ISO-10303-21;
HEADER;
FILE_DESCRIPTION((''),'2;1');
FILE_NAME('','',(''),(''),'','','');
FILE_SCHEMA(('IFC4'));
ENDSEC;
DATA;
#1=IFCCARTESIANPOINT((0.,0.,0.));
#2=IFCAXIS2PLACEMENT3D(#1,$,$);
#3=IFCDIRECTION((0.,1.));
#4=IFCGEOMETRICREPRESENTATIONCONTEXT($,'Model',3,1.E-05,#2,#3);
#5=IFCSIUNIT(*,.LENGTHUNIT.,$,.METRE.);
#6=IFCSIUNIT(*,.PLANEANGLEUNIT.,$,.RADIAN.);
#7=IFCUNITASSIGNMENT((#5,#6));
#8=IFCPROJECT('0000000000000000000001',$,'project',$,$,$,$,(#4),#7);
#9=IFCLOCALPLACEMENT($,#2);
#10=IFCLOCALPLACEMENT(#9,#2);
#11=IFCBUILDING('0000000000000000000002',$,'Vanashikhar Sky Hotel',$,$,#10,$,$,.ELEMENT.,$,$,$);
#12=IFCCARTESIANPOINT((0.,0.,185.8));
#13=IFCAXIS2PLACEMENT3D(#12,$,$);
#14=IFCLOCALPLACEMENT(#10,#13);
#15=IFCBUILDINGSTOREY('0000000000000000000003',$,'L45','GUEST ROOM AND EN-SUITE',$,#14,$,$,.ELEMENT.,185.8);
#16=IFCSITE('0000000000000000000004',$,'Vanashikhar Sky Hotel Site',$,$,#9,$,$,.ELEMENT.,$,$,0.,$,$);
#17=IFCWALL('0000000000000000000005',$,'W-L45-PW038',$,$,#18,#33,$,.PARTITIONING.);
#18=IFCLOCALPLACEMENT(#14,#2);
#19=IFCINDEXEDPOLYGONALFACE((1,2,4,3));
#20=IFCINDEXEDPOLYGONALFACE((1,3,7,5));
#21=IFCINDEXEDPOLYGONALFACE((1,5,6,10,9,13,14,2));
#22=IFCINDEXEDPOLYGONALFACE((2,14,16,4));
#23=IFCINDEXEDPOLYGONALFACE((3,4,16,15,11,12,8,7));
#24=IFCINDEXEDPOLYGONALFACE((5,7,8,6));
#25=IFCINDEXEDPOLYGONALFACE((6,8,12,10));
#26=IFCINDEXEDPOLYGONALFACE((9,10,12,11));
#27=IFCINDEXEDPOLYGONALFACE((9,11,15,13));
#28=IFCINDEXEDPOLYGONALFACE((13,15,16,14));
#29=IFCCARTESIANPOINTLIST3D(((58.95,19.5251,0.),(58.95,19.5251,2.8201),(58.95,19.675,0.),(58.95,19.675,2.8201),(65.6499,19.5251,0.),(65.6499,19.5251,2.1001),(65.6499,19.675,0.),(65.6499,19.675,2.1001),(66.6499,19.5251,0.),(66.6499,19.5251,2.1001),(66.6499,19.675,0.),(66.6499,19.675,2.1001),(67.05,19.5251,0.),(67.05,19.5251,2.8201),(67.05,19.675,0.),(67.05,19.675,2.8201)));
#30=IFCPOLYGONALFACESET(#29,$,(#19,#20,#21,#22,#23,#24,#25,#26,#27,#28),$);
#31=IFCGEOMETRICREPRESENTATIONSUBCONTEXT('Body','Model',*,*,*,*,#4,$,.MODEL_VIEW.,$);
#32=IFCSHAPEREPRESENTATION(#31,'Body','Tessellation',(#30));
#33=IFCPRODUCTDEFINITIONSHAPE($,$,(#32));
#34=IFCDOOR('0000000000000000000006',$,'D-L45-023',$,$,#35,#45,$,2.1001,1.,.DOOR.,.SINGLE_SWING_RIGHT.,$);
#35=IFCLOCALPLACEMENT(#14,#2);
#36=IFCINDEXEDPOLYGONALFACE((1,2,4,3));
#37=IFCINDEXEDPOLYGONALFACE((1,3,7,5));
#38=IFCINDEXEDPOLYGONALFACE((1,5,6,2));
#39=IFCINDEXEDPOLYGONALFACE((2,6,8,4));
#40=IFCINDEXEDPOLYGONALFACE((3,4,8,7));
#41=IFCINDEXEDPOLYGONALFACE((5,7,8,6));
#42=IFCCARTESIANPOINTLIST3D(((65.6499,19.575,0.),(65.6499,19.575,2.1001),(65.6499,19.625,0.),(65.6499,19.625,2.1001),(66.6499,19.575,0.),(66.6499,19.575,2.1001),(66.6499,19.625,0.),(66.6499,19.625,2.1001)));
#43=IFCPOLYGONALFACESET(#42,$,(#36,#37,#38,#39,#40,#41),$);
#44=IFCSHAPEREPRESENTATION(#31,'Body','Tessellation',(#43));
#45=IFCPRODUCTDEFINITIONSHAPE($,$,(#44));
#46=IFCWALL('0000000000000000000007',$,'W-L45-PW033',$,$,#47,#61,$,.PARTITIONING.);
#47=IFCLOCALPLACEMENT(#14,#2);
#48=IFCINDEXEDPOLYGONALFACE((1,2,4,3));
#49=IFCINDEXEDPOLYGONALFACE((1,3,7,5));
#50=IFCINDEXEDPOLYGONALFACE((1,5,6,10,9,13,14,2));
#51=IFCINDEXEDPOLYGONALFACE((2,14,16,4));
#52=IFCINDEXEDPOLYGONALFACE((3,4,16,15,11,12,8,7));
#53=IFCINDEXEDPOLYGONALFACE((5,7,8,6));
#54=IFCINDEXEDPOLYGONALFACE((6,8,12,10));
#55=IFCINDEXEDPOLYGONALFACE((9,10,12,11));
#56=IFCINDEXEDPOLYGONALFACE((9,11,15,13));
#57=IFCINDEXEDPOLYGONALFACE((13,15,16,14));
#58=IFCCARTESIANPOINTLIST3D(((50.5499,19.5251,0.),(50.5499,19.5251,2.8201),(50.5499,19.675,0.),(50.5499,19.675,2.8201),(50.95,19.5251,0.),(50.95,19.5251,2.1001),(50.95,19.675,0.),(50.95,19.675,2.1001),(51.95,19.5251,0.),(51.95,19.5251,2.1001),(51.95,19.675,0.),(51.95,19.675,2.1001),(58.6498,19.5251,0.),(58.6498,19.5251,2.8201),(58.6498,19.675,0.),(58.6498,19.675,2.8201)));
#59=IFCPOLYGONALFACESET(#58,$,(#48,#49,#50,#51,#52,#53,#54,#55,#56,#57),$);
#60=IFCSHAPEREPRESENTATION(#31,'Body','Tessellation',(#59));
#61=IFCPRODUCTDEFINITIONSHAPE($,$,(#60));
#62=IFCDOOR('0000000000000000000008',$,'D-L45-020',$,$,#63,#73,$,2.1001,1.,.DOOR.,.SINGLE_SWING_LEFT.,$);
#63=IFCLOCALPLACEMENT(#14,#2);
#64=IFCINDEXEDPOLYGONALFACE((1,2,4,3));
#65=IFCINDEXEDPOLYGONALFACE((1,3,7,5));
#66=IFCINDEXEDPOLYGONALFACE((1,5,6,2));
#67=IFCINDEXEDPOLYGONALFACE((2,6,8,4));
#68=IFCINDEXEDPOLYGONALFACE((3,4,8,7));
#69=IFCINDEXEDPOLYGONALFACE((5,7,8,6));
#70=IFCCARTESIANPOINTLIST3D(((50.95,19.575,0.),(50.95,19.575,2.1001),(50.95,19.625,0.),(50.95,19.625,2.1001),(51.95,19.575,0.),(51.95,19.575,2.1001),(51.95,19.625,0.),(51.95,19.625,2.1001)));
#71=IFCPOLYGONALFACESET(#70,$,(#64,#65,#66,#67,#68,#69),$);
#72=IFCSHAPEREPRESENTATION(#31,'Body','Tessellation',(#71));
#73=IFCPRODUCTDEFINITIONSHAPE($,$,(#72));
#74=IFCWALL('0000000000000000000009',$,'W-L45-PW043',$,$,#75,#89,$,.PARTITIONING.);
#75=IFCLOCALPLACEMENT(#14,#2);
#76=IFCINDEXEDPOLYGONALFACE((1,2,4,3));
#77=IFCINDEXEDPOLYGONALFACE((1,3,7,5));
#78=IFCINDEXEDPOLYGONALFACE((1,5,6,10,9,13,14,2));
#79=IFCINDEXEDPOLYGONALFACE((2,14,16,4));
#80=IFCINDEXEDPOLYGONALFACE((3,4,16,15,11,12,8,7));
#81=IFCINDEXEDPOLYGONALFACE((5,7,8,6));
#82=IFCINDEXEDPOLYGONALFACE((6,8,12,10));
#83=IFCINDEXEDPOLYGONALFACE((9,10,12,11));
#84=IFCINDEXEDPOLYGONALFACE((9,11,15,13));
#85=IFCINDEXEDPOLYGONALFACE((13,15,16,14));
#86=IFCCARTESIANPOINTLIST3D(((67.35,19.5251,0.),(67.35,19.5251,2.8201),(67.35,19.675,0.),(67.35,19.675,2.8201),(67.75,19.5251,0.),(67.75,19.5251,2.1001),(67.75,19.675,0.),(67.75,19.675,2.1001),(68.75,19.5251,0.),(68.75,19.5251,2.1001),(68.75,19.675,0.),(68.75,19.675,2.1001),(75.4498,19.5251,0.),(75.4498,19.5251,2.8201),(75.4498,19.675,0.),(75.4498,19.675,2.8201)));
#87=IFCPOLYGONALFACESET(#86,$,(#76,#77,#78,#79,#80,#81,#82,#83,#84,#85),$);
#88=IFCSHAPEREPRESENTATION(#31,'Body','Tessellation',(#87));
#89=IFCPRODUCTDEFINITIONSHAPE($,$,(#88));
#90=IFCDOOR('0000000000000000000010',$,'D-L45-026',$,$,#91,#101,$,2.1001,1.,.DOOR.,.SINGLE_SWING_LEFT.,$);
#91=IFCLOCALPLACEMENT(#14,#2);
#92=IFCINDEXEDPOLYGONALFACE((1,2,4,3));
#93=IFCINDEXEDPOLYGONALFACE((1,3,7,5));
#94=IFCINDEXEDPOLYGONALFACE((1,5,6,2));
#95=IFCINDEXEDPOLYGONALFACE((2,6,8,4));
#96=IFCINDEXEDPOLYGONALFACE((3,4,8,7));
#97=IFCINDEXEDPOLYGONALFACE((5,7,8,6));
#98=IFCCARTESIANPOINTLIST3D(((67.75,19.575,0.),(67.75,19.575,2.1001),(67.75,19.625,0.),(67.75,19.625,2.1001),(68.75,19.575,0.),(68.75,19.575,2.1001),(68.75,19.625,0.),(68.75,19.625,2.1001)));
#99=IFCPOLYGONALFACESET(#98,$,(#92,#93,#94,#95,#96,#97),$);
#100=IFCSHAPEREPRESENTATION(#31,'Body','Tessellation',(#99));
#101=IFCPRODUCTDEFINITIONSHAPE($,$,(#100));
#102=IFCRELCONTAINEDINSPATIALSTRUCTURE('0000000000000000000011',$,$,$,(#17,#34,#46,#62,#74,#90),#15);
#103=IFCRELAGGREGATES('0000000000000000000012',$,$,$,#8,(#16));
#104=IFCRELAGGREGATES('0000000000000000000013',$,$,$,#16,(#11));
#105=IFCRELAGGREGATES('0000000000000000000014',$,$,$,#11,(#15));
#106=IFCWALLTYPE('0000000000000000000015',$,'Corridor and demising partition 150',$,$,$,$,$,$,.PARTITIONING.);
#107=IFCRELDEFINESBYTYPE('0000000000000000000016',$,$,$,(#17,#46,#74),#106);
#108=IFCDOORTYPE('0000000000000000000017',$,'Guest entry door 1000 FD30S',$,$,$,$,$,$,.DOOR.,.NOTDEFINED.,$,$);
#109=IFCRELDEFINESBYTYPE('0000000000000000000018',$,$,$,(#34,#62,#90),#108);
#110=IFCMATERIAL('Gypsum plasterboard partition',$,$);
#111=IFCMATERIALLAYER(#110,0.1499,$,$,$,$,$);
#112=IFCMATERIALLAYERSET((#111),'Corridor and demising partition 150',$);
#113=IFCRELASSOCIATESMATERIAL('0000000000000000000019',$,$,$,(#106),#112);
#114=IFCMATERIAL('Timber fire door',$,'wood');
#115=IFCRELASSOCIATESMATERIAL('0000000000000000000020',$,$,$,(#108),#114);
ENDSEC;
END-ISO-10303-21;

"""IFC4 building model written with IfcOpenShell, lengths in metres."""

from ifc_helpers import new_model, si_unit, direction, frame, frame_2d, origin, place, context, subcontext, project, spatial, rectangle, extrude, source, transform, mapped, material, layer, layer_set, type_object, element, fill, save


model = new_model("IFC4")

# Units and contexts
model_context = context("Model", 3, precision=1e-05, world=origin(), true_north=direction((0.0, 1.0)))
body_context = subcontext(model_context, "Body", "Model", "MODEL_VIEW")
ifc_project = project(units=[si_unit("LENGTHUNIT", "METRE"), si_unit("PLANEANGLEUNIT", "RADIAN")], contexts=[model_context])

# Site, building, storey
site_placement = place(None, origin())
site = spatial("IfcSite", under=ifc_project, at=site_placement, Name="Vanashikhar Sky Hotel Site", CompositionType="ELEMENT", RefElevation=0.0)
building_placement = place(site_placement, origin())
building = spatial("IfcBuilding", under=site, at=building_placement, Name="Vanashikhar Sky Hotel", CompositionType="ELEMENT")
storey_placement = place(building_placement, frame((0.0, 0.0, 185.8)))
storey = spatial("IfcBuildingStorey", under=building, at=storey_placement, Name="L45", Description="GUEST ROOM AND EN-SUITE", CompositionType="ELEMENT", Elevation=185.8)

# Shared definitions
ifc_material_1 = material(Name="Gypsum plasterboard partition")

# Walls, openings, doors
ifc_layer_1 = layer(ifc_material_1, 0.1499)
ifc_layer_set_1 = layer_set([ifc_layer_1], Name="Corridor and demising partition 150")
wall_type_1 = type_object("IfcWallType", Name="Corridor and demising partition 150", PredefinedType="PARTITIONING", material=ifc_layer_set_1)
shared_shape_1 = source(origin(), body_context, "Body", "SweptSolid", [
    extrude(rectangle(XDim=8.1001, YDim=0.1499, at=frame_2d((4.05, 0.0))), origin(), (0.0, 0.0, 1.0), 2.8201),
])
wall_1_placement = place(storey_placement, frame((58.95, 19.6001, 0.0), z_axis=(0.0, 0.0, 1.0), x_axis=(1.0, 0.0, 0.0)))
wall_1 = element("IfcWall", 1, at=wall_1_placement, inside=storey, type_object=wall_type_1, Name="W-L45-PW038", PredefinedType="PARTITIONING", context=body_context, shape_type="MappedRepresentation", body=[
    mapped(shared_shape_1, transform((0.0, 0.0, 0.0), scale=1.0)),
])
shared_shape_2 = source(origin(), body_context, "Body", "SweptSolid", [
    extrude(rectangle(XDim=1.0, YDim=2.1001, at=frame_2d((0.5, 1.05))), frame((0.0, 0.085, 0.0), z_axis=(0.0, -1.0, 0.0), x_axis=(1.0, 0.0, 0.0)), (0.0, 0.0, 1.0), 0.1699),
])
opening_1_placement = place(wall_1_placement, frame((6.7, 0.0, 0.0)))
opening_1 = element("IfcOpeningElement", 2, at=opening_1_placement, cuts=wall_1, PredefinedType="OPENING", context=body_context, shape_type="MappedRepresentation", body=[
    mapped(shared_shape_2, transform((0.0, 0.0, 0.0), scale=1.0)),
])
ifc_material_2 = material(Name="Timber fire door", Category="wood")
door_type_1 = type_object("IfcDoorType", Name="Guest entry door 1000 FD30S", OperationType="NOTDEFINED", PredefinedType="DOOR", material=ifc_material_2)
shared_shape_3 = source(origin(), body_context, "Body", "SweptSolid", [
    extrude(rectangle(XDim=1.0, YDim=2.1001, at=frame_2d((0.5, 1.05))), frame((0.0, 0.0249, 0.0), z_axis=(0.0, -1.0, 0.0), x_axis=(1.0, 0.0, 0.0)), (0.0, 0.0, 1.0), 0.05),
])
door_1_placement = place(opening_1_placement, origin())
door_1 = element("IfcDoor", 3, at=door_1_placement, inside=storey, type_object=door_type_1, Name="D-L45-023", OperationType="SINGLE_SWING_RIGHT", OverallHeight=2.1001, OverallWidth=1.0, PredefinedType="DOOR", context=body_context, shape_type="MappedRepresentation", body=[
    mapped(shared_shape_3, transform((0.0, 0.0, 0.0), scale=1.0)),
])
fill(opening_1, door_1)
shared_shape_4 = source(origin(), body_context, "Body", "SweptSolid", [
    extrude(rectangle(XDim=8.0999, YDim=0.1499, at=frame_2d((4.0498, 0.0))), origin(), (0.0, 0.0, 1.0), 2.8201),
])
wall_2_placement = place(storey_placement, frame((50.55, 19.6001, 0.0), z_axis=(0.0, 0.0, 1.0), x_axis=(1.0, 0.0, 0.0)))
wall_2 = element("IfcWall", 4, at=wall_2_placement, inside=storey, type_object=wall_type_1, Name="W-L45-PW033", PredefinedType="PARTITIONING", context=body_context, shape_type="MappedRepresentation", body=[
    mapped(shared_shape_4, transform((0.0, 0.0, 0.0), scale=1.0)),
])
opening_2_placement = place(wall_2_placement, frame((0.3999, 0.0, 0.0)))
opening_2 = element("IfcOpeningElement", 5, at=opening_2_placement, cuts=wall_2, PredefinedType="OPENING", context=body_context, shape_type="MappedRepresentation", body=[
    mapped(shared_shape_2, transform((0.0, 0.0, 0.0), scale=1.0)),
])
door_2_placement = place(opening_2_placement, origin())
door_2 = element("IfcDoor", 6, at=door_2_placement, inside=storey, type_object=door_type_1, Name="D-L45-020", OperationType="SINGLE_SWING_LEFT", OverallHeight=2.1001, OverallWidth=1.0, PredefinedType="DOOR", context=body_context, shape_type="MappedRepresentation", body=[
    mapped(shared_shape_3, transform((0.0, 0.0, 0.0), scale=1.0)),
])
fill(opening_2, door_2)
wall_3_placement = place(storey_placement, frame((67.3501, 19.6001, 0.0), z_axis=(0.0, 0.0, 1.0), x_axis=(1.0, 0.0, 0.0)))
wall_3 = element("IfcWall", 7, at=wall_3_placement, inside=storey, type_object=wall_type_1, Name="W-L45-PW043", PredefinedType="PARTITIONING", context=body_context, shape_type="MappedRepresentation", body=[
    mapped(shared_shape_4, transform((0.0, 0.0, 0.0), scale=1.0)),
])
opening_3_placement = place(wall_3_placement, frame((0.3999, 0.0, 0.0)))
opening_3 = element("IfcOpeningElement", 8, at=opening_3_placement, cuts=wall_3, PredefinedType="OPENING", context=body_context, shape_type="MappedRepresentation", body=[
    mapped(shared_shape_2, transform((0.0, 0.0, 0.0), scale=1.0)),
])
door_3_placement = place(opening_3_placement, origin())
door_3 = element("IfcDoor", 9, at=door_3_placement, inside=storey, type_object=door_type_1, Name="D-L45-026", OperationType="SINGLE_SWING_LEFT", OverallHeight=2.1001, OverallWidth=1.0, PredefinedType="DOOR", context=body_context, shape_type="MappedRepresentation", body=[
    mapped(shared_shape_3, transform((0.0, 0.0, 0.0), scale=1.0)),
])
fill(opening_3, door_3)

save(model, "model.ifc")
